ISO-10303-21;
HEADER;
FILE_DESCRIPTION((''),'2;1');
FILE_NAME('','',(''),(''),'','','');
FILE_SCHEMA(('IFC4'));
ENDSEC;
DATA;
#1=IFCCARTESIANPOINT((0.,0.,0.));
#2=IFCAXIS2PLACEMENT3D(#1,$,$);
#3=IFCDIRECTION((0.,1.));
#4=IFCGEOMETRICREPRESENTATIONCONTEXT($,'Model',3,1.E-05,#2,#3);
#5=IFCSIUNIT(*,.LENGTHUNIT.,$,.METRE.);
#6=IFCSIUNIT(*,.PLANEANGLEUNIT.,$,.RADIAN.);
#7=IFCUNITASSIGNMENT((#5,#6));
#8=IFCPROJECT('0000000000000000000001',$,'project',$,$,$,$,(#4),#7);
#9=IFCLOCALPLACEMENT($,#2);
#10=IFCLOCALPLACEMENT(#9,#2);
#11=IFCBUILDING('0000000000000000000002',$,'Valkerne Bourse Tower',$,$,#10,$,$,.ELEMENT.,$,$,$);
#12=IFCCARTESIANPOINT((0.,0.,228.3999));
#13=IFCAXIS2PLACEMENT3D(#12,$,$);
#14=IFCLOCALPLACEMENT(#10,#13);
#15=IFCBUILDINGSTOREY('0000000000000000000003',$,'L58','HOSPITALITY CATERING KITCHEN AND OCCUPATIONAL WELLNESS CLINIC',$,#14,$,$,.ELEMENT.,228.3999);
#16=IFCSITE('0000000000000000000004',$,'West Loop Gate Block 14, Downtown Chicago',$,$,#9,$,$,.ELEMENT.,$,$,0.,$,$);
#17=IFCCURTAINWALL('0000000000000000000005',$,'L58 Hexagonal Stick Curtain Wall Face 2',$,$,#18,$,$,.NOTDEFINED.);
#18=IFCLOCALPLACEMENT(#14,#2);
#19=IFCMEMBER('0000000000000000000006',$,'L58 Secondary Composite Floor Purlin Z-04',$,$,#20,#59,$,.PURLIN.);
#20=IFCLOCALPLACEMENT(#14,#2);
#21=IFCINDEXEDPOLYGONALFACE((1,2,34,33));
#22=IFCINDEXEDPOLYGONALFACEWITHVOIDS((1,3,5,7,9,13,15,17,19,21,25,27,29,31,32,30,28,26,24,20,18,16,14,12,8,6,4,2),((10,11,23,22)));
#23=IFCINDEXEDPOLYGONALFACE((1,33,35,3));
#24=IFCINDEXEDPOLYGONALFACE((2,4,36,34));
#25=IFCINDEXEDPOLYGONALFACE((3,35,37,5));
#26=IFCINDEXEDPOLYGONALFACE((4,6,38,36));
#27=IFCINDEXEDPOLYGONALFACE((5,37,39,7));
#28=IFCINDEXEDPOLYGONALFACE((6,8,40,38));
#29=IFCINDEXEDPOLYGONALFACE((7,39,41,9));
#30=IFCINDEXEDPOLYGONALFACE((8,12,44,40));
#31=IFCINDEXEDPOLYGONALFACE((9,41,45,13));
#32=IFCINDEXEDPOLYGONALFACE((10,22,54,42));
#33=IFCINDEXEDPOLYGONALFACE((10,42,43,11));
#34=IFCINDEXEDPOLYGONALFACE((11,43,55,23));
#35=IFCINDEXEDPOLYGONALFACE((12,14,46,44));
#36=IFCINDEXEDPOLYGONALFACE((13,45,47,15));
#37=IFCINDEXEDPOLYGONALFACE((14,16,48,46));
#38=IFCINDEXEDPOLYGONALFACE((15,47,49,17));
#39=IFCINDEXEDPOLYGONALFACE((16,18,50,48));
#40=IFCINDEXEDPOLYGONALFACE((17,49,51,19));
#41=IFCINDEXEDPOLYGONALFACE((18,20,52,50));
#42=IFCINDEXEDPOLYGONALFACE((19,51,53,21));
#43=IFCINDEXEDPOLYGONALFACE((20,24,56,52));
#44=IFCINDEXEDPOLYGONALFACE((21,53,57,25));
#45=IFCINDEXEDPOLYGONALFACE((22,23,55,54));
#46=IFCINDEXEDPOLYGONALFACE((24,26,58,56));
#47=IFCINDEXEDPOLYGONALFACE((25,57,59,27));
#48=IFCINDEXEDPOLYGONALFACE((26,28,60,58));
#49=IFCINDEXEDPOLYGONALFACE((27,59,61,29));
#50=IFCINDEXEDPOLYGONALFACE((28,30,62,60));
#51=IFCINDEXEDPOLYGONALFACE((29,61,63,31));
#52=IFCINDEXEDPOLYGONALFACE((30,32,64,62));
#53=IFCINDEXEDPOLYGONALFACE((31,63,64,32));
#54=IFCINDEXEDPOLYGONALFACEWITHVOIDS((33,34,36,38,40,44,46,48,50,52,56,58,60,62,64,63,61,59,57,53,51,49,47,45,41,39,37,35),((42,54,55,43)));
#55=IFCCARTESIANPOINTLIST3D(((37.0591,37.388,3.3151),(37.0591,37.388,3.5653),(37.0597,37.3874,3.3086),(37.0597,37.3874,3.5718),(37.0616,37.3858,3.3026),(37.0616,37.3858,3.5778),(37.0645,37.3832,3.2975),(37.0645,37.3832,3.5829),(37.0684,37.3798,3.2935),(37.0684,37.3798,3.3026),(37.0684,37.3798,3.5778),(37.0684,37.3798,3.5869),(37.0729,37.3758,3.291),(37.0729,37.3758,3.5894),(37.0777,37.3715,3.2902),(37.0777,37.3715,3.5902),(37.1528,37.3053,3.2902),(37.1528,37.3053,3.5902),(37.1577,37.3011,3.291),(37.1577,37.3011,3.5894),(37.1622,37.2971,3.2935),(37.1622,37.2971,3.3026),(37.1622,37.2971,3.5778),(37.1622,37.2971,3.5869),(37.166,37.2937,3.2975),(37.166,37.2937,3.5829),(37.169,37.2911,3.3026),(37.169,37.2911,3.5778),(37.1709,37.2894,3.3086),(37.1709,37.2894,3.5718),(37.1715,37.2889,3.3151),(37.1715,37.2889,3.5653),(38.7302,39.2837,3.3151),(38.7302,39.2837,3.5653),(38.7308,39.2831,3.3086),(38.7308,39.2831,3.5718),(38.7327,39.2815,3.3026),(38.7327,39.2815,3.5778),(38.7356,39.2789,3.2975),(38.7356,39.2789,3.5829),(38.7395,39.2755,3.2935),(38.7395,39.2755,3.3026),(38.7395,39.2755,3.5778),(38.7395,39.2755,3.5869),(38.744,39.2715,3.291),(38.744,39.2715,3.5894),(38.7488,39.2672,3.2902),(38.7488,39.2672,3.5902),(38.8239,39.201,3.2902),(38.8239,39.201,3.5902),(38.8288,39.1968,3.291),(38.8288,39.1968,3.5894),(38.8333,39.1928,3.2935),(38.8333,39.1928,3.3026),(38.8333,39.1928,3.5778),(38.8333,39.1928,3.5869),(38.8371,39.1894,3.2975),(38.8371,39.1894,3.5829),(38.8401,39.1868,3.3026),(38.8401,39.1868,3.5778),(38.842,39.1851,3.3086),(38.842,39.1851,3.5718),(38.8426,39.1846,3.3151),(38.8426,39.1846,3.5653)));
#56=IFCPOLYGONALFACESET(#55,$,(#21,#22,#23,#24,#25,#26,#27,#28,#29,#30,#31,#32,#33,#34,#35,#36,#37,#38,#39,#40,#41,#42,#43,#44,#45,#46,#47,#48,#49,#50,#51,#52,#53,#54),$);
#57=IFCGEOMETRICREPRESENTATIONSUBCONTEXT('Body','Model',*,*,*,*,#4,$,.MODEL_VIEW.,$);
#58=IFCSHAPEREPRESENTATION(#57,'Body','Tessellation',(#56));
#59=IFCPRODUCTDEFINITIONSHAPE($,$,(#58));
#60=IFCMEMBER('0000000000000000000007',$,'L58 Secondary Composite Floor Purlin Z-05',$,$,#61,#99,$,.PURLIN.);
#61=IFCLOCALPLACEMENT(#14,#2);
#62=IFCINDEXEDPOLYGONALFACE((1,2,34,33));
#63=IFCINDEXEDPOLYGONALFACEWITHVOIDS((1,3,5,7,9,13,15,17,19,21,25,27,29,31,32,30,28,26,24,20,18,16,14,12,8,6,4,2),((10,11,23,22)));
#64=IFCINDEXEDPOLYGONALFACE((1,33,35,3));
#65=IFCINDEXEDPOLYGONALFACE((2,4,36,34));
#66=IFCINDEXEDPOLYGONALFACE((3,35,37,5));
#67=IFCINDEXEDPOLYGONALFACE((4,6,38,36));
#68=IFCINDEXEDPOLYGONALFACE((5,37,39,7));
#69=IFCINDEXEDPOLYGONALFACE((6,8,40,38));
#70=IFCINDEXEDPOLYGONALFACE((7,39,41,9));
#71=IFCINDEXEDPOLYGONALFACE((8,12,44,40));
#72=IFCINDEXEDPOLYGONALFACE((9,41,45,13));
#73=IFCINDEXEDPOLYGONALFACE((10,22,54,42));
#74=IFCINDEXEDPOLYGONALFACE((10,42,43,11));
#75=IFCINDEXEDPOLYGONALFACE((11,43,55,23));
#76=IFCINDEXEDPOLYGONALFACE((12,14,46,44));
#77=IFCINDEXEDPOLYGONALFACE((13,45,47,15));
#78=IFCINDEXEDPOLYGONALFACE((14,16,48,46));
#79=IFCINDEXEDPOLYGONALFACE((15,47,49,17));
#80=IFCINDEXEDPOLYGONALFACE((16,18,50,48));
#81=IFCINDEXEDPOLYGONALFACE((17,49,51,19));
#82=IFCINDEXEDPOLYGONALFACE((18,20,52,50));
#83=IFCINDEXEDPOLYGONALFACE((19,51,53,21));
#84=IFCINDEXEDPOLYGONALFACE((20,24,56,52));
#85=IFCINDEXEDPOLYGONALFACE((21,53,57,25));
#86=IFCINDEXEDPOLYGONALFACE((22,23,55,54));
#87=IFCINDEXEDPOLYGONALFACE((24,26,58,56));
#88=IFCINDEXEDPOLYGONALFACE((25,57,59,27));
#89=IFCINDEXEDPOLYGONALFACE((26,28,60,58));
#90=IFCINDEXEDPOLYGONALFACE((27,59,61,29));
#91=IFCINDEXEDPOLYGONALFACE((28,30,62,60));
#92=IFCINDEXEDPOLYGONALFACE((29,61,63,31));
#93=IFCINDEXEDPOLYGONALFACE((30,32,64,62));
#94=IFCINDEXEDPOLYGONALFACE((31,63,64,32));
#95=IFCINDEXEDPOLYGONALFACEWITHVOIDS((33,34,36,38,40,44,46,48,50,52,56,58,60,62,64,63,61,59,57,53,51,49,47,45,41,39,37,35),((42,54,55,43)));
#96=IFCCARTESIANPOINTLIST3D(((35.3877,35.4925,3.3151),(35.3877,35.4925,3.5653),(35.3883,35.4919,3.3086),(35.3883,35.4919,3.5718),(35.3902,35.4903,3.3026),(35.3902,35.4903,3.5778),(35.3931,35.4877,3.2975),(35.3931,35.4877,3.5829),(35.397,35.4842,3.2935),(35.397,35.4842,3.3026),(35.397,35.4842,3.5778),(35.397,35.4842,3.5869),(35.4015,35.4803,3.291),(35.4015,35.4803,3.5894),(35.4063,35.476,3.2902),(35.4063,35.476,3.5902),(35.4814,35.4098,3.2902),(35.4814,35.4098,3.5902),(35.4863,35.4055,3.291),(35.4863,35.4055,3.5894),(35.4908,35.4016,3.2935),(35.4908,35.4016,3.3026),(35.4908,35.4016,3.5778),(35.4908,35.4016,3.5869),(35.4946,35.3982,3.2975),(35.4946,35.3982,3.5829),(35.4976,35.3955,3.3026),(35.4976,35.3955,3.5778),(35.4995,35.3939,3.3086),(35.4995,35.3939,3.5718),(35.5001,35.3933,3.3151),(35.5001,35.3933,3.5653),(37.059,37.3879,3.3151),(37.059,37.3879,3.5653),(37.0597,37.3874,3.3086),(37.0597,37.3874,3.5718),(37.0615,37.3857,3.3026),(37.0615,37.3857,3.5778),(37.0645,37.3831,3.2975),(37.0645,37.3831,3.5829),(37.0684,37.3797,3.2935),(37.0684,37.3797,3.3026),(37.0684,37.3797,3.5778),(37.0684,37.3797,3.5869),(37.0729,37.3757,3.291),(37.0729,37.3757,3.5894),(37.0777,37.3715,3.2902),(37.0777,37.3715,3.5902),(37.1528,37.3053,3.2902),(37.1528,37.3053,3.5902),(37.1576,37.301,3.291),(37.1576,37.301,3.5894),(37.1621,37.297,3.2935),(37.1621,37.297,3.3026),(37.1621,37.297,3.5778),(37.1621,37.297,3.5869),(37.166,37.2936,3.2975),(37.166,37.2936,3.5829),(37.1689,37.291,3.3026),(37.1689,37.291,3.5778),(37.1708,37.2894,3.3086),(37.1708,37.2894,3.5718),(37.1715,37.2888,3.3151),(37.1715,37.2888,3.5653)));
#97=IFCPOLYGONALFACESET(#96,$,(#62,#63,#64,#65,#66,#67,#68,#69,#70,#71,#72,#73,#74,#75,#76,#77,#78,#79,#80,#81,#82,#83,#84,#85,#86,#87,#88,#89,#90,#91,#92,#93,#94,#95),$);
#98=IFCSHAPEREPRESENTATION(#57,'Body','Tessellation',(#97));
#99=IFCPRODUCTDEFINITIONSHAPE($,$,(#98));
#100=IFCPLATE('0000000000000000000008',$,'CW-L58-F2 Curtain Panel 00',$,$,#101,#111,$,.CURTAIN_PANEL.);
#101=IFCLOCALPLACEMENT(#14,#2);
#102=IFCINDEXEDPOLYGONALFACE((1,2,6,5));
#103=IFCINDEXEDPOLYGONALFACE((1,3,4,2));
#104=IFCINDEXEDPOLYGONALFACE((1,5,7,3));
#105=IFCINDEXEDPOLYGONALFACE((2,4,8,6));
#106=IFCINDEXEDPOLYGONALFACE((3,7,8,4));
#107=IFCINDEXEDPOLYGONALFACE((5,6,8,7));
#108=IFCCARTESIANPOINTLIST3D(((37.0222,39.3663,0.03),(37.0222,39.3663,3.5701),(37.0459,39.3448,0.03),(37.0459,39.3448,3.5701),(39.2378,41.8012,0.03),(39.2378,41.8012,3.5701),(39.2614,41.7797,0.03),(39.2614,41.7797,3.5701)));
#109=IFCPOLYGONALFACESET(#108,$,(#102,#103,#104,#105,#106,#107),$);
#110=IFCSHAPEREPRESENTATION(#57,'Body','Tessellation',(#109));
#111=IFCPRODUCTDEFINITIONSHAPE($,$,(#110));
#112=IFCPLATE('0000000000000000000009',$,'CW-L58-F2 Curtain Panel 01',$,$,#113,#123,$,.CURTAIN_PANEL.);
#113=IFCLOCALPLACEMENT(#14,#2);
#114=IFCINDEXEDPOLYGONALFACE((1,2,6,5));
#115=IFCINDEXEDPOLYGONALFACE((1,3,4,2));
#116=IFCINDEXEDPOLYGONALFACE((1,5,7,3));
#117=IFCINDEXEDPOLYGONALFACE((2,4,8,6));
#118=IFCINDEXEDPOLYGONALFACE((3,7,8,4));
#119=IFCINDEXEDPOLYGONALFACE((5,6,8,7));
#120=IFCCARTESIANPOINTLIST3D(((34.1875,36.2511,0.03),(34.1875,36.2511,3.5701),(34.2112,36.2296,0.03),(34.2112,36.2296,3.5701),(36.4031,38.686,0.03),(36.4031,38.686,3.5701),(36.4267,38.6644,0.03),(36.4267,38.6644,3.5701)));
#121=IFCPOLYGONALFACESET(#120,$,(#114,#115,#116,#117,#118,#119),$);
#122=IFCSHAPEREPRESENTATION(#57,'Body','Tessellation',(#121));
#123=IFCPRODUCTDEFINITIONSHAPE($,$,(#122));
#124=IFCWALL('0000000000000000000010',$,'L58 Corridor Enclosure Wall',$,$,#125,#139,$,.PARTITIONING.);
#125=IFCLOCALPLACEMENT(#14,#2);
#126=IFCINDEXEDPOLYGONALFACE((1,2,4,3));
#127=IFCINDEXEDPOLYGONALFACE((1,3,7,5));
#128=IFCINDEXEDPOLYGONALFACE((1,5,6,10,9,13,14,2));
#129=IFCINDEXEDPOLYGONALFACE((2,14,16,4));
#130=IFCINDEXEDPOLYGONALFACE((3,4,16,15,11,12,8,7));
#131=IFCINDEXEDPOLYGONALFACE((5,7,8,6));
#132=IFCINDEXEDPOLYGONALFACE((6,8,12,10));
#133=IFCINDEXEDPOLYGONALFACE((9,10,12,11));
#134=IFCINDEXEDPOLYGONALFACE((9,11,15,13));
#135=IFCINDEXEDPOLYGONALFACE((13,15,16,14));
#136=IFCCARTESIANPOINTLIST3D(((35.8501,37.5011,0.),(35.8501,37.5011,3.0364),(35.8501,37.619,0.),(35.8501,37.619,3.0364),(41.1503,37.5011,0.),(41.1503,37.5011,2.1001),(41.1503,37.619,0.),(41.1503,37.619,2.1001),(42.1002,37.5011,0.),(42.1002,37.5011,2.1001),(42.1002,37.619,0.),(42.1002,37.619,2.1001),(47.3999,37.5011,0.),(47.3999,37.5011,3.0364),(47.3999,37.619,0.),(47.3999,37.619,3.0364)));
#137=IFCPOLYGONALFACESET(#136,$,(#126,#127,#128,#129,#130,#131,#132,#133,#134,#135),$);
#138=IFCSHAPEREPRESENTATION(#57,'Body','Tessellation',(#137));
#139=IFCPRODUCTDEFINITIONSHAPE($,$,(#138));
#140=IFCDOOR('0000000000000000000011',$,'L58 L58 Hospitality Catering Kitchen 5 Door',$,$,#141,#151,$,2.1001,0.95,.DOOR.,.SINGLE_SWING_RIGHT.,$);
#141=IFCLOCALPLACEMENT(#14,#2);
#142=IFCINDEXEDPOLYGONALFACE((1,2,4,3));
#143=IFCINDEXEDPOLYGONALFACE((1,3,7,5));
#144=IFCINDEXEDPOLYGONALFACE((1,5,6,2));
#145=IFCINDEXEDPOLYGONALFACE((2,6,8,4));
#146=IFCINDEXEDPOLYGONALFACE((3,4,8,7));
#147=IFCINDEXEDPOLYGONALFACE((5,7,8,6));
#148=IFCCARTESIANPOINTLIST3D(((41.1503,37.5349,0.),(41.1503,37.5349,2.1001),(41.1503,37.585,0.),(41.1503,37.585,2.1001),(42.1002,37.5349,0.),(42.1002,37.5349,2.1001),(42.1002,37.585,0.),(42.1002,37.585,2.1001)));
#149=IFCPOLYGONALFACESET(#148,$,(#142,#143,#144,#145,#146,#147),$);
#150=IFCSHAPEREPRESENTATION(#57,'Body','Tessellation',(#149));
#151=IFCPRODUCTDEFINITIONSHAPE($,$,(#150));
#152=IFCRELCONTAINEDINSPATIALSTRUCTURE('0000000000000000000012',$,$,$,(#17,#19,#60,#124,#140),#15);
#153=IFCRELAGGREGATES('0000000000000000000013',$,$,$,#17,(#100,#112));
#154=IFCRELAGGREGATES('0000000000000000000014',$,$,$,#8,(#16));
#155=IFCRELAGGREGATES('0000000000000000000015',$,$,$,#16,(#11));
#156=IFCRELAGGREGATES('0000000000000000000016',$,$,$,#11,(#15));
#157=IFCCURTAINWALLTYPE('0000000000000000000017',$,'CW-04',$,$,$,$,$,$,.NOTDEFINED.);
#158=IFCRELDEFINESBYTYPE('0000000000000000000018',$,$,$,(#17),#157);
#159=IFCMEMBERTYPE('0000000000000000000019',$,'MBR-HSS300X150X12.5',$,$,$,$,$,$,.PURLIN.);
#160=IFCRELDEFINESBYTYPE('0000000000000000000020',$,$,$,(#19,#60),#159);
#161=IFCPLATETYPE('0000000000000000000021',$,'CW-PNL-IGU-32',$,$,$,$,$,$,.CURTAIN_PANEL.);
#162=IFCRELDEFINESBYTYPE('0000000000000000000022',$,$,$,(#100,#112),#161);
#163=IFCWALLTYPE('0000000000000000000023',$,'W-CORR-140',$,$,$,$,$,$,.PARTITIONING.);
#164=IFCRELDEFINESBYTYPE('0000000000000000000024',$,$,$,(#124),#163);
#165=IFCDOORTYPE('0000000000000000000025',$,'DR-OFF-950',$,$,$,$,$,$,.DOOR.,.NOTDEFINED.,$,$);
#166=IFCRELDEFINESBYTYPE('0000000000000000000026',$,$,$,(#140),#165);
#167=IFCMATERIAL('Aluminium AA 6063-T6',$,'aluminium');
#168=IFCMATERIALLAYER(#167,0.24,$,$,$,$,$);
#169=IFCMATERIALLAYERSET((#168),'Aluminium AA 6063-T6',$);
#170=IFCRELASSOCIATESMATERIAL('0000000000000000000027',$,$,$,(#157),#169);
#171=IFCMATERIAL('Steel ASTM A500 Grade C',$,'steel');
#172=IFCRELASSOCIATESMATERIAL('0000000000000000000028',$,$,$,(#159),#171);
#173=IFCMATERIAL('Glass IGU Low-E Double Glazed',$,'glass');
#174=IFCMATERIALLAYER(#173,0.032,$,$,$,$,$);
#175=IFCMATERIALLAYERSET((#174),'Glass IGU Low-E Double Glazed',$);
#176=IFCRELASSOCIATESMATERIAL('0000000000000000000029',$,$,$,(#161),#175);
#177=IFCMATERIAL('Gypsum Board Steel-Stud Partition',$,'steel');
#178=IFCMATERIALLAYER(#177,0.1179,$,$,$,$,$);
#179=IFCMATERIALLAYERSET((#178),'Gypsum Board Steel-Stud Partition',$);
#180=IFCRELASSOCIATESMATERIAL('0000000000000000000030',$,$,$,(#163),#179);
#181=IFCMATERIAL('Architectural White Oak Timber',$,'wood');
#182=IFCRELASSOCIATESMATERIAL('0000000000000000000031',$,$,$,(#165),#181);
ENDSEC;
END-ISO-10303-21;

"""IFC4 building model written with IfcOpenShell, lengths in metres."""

from ifc_helpers import new_model, si_unit, direction, frame, frame_2d, origin, origin_2d, place, context, subcontext, project, spatial, rectangle, hollow_rectangle, extrude, material, layer, layer_set, material_profile, profile_set, type_object, element, fill, aggregate, save


model = new_model("IFC4")

# Units and contexts
model_context = context("Model", 3, precision=1e-05, world=origin(), true_north=direction((0.0, 1.0)))
body_context = subcontext(model_context, "Body", "Model", "MODEL_VIEW")
ifc_project = project(units=[si_unit("LENGTHUNIT", "METRE"), si_unit("PLANEANGLEUNIT", "RADIAN")], contexts=[model_context])

# Site, building, storey
site_placement = place(None, origin())
site = spatial("IfcSite", under=ifc_project, at=site_placement, Name="West Loop Gate Block 14, Downtown Chicago", CompositionType="ELEMENT", RefElevation=0.0)
building_placement = place(site_placement, origin())
building = spatial("IfcBuilding", under=site, at=building_placement, Name="Valkerne Bourse Tower", CompositionType="ELEMENT")
storey_placement = place(building_placement, frame((0.0, 0.0, 228.3999)))
storey = spatial("IfcBuildingStorey", under=building, at=storey_placement, Name="L58", Description="HOSPITALITY CATERING KITCHEN AND OCCUPATIONAL WELLNESS CLINIC", CompositionType="ELEMENT", Elevation=228.3999)

# Curtain wall
ifc_material_1 = material(Name="Aluminium AA 6063-T6", Category="aluminium")
ifc_layer_1 = layer(ifc_material_1, 0.24)
ifc_layer_set_1 = layer_set([ifc_layer_1], Name="Aluminium AA 6063-T6")
curtain_wall_type = type_object("IfcCurtainWallType", Name="CW-04", PredefinedType="NOTDEFINED", material=ifc_layer_set_1)
curtain_wall_placement = place(storey_placement, origin())
curtain_wall = element("IfcCurtainWall", 1, at=curtain_wall_placement, inside=storey, type_object=curtain_wall_type, Name="L58 Hexagonal Stick Curtain Wall Face 2", PredefinedType="NOTDEFINED")

# Members
ifc_material_2 = material(Name="Steel ASTM A500 Grade C", Category="steel")
ifc_material_profile_1 = material_profile(ifc_material_2, hollow_rectangle(XDim=0.1499, YDim=0.3, WallThickness=0.0125, OuterFilletRadius=0.0249, at=origin_2d()), Name="HSS300X150X12.5")
ifc_profile_set_1 = profile_set([ifc_material_profile_1], Name="Steel ASTM A500 Grade C")
member_type_1 = type_object("IfcMemberType", Name="MBR-HSS300X150X12.5", PredefinedType="PURLIN", material=ifc_profile_set_1)
for number, where, z_axis, x_axis, name in (
    (2, (38.7864, 39.2341, 3.4402), (-0.66127, -0.750148, 0.0), (0.750148, -0.66127, 0.0), "L58 Secondary Composite Floor Purlin Z-04"),
    (3, (37.1152, 37.3384, 3.4402), (-0.661372, -0.750058, 0.0), (0.750058, -0.661372, 0.0), "L58 Secondary Composite Floor Purlin Z-05"),
):
    element("IfcMember", number, at=place(storey_placement, frame(where, z_axis=z_axis, x_axis=x_axis)), inside=storey, type_object=member_type_1, Name=name, PredefinedType="PURLIN", context=body_context, shape_type="SweptSolid", body=[
        extrude(hollow_rectangle(XDim=0.1499, YDim=0.3, WallThickness=0.0125, OuterFilletRadius=0.0249, at=origin_2d()), origin(), (0.0, 0.0, 1.0), 2.5271),
    ])

# Plates
ifc_material_3 = material(Name="Glass IGU Low-E Double Glazed", Category="glass")
ifc_layer_2 = layer(ifc_material_3, 0.032)
ifc_layer_set_2 = layer_set([ifc_layer_2], Name="Glass IGU Low-E Double Glazed")
plate_type = type_object("IfcPlateType", Name="CW-PNL-IGU-32", PredefinedType="CURTAIN_PANEL", material=ifc_layer_set_2)
plate_1_placement = place(storey_placement, frame((38.1418, 40.573, 0.03), z_axis=(0.0, 0.0, 1.0), x_axis=(-0.673012, -0.739632, 0.0)))
plate_1 = element("IfcPlate", 4, at=plate_1_placement, type_object=plate_type, Name="CW-L58-F2 Curtain Panel 00", PredefinedType="CURTAIN_PANEL", context=body_context, shape_type="SweptSolid", body=[
    extrude(rectangle(XDim=3.292, YDim=0.032, at=origin_2d()), origin(), (0.0, 0.0, 1.0), 3.54),
])
plate_2_placement = place(storey_placement, frame((35.3071, 37.4578, 0.03), z_axis=(0.0, 0.0, 1.0), x_axis=(-0.673012, -0.739632, 0.0)))
plate_2 = element("IfcPlate", 5, at=plate_2_placement, type_object=plate_type, Name="CW-L58-F2 Curtain Panel 01", PredefinedType="CURTAIN_PANEL", context=body_context, shape_type="SweptSolid", body=[
    extrude(rectangle(XDim=3.292, YDim=0.032, at=origin_2d()), origin(), (0.0, 0.0, 1.0), 3.54),
])
aggregate(curtain_wall, [plate_1, plate_2])

# Wall, opening, door
ifc_material_4 = material(Name="Gypsum Board Steel-Stud Partition", Category="steel")
ifc_layer_3 = layer(ifc_material_4, 0.1179)
ifc_layer_set_3 = layer_set([ifc_layer_3], Name="Gypsum Board Steel-Stud Partition")
wall_type_1 = type_object("IfcWallType", Name="W-CORR-140", PredefinedType="PARTITIONING", material=ifc_layer_set_3)
wall_1_placement = place(storey_placement, frame((35.8501, 37.5601, 0.0), z_axis=(0.0, 0.0, 1.0), x_axis=(1.0, 0.0, 0.0)))
wall_1 = element("IfcWall", 6, at=wall_1_placement, inside=storey, type_object=wall_type_1, Name="L58 Corridor Enclosure Wall", PredefinedType="PARTITIONING", context=body_context, shape_type="SweptSolid", body=[
    extrude(rectangle(XDim=11.5498, YDim=0.1179, at=frame_2d((5.7749, 0.0))), origin(), (0.0, 0.0, 1.0), 3.0364),
])
opening_1_placement = place(wall_1_placement, frame((5.3, 0.0, 0.0)))
opening_1 = element("IfcOpeningElement", 7, at=opening_1_placement, cuts=wall_1, PredefinedType="OPENING", context=body_context, shape_type="SweptSolid", body=[
    extrude(rectangle(XDim=0.95, YDim=2.1001, at=frame_2d((0.4751, 1.05))), frame((0.0, 0.0688, 0.0), z_axis=(0.0, -1.0, 0.0), x_axis=(1.0, 0.0, 0.0)), (0.0, 0.0, 1.0), 0.1379),
])
ifc_material_5 = material(Name="Architectural White Oak Timber", Category="wood")
door_type_1 = type_object("IfcDoorType", Name="DR-OFF-950", OperationType="NOTDEFINED", PredefinedType="DOOR", material=ifc_material_5)
door_1_placement = place(opening_1_placement, origin())
door_1 = element("IfcDoor", 8, at=door_1_placement, inside=storey, type_object=door_type_1, Name="L58 L58 Hospitality Catering Kitchen 5 Door", OperationType="SINGLE_SWING_RIGHT", OverallHeight=2.1001, OverallWidth=0.95, PredefinedType="DOOR", context=body_context, shape_type="SweptSolid", body=[
    extrude(rectangle(XDim=0.95, YDim=2.1001, at=frame_2d((0.4751, 1.05))), frame((0.0, 0.0249, 0.0), z_axis=(0.0, -1.0, 0.0), x_axis=(1.0, 0.0, 0.0)), (0.0, 0.0, 1.0), 0.05),
])
fill(opening_1, door_1)

save(model, "model.ifc")
